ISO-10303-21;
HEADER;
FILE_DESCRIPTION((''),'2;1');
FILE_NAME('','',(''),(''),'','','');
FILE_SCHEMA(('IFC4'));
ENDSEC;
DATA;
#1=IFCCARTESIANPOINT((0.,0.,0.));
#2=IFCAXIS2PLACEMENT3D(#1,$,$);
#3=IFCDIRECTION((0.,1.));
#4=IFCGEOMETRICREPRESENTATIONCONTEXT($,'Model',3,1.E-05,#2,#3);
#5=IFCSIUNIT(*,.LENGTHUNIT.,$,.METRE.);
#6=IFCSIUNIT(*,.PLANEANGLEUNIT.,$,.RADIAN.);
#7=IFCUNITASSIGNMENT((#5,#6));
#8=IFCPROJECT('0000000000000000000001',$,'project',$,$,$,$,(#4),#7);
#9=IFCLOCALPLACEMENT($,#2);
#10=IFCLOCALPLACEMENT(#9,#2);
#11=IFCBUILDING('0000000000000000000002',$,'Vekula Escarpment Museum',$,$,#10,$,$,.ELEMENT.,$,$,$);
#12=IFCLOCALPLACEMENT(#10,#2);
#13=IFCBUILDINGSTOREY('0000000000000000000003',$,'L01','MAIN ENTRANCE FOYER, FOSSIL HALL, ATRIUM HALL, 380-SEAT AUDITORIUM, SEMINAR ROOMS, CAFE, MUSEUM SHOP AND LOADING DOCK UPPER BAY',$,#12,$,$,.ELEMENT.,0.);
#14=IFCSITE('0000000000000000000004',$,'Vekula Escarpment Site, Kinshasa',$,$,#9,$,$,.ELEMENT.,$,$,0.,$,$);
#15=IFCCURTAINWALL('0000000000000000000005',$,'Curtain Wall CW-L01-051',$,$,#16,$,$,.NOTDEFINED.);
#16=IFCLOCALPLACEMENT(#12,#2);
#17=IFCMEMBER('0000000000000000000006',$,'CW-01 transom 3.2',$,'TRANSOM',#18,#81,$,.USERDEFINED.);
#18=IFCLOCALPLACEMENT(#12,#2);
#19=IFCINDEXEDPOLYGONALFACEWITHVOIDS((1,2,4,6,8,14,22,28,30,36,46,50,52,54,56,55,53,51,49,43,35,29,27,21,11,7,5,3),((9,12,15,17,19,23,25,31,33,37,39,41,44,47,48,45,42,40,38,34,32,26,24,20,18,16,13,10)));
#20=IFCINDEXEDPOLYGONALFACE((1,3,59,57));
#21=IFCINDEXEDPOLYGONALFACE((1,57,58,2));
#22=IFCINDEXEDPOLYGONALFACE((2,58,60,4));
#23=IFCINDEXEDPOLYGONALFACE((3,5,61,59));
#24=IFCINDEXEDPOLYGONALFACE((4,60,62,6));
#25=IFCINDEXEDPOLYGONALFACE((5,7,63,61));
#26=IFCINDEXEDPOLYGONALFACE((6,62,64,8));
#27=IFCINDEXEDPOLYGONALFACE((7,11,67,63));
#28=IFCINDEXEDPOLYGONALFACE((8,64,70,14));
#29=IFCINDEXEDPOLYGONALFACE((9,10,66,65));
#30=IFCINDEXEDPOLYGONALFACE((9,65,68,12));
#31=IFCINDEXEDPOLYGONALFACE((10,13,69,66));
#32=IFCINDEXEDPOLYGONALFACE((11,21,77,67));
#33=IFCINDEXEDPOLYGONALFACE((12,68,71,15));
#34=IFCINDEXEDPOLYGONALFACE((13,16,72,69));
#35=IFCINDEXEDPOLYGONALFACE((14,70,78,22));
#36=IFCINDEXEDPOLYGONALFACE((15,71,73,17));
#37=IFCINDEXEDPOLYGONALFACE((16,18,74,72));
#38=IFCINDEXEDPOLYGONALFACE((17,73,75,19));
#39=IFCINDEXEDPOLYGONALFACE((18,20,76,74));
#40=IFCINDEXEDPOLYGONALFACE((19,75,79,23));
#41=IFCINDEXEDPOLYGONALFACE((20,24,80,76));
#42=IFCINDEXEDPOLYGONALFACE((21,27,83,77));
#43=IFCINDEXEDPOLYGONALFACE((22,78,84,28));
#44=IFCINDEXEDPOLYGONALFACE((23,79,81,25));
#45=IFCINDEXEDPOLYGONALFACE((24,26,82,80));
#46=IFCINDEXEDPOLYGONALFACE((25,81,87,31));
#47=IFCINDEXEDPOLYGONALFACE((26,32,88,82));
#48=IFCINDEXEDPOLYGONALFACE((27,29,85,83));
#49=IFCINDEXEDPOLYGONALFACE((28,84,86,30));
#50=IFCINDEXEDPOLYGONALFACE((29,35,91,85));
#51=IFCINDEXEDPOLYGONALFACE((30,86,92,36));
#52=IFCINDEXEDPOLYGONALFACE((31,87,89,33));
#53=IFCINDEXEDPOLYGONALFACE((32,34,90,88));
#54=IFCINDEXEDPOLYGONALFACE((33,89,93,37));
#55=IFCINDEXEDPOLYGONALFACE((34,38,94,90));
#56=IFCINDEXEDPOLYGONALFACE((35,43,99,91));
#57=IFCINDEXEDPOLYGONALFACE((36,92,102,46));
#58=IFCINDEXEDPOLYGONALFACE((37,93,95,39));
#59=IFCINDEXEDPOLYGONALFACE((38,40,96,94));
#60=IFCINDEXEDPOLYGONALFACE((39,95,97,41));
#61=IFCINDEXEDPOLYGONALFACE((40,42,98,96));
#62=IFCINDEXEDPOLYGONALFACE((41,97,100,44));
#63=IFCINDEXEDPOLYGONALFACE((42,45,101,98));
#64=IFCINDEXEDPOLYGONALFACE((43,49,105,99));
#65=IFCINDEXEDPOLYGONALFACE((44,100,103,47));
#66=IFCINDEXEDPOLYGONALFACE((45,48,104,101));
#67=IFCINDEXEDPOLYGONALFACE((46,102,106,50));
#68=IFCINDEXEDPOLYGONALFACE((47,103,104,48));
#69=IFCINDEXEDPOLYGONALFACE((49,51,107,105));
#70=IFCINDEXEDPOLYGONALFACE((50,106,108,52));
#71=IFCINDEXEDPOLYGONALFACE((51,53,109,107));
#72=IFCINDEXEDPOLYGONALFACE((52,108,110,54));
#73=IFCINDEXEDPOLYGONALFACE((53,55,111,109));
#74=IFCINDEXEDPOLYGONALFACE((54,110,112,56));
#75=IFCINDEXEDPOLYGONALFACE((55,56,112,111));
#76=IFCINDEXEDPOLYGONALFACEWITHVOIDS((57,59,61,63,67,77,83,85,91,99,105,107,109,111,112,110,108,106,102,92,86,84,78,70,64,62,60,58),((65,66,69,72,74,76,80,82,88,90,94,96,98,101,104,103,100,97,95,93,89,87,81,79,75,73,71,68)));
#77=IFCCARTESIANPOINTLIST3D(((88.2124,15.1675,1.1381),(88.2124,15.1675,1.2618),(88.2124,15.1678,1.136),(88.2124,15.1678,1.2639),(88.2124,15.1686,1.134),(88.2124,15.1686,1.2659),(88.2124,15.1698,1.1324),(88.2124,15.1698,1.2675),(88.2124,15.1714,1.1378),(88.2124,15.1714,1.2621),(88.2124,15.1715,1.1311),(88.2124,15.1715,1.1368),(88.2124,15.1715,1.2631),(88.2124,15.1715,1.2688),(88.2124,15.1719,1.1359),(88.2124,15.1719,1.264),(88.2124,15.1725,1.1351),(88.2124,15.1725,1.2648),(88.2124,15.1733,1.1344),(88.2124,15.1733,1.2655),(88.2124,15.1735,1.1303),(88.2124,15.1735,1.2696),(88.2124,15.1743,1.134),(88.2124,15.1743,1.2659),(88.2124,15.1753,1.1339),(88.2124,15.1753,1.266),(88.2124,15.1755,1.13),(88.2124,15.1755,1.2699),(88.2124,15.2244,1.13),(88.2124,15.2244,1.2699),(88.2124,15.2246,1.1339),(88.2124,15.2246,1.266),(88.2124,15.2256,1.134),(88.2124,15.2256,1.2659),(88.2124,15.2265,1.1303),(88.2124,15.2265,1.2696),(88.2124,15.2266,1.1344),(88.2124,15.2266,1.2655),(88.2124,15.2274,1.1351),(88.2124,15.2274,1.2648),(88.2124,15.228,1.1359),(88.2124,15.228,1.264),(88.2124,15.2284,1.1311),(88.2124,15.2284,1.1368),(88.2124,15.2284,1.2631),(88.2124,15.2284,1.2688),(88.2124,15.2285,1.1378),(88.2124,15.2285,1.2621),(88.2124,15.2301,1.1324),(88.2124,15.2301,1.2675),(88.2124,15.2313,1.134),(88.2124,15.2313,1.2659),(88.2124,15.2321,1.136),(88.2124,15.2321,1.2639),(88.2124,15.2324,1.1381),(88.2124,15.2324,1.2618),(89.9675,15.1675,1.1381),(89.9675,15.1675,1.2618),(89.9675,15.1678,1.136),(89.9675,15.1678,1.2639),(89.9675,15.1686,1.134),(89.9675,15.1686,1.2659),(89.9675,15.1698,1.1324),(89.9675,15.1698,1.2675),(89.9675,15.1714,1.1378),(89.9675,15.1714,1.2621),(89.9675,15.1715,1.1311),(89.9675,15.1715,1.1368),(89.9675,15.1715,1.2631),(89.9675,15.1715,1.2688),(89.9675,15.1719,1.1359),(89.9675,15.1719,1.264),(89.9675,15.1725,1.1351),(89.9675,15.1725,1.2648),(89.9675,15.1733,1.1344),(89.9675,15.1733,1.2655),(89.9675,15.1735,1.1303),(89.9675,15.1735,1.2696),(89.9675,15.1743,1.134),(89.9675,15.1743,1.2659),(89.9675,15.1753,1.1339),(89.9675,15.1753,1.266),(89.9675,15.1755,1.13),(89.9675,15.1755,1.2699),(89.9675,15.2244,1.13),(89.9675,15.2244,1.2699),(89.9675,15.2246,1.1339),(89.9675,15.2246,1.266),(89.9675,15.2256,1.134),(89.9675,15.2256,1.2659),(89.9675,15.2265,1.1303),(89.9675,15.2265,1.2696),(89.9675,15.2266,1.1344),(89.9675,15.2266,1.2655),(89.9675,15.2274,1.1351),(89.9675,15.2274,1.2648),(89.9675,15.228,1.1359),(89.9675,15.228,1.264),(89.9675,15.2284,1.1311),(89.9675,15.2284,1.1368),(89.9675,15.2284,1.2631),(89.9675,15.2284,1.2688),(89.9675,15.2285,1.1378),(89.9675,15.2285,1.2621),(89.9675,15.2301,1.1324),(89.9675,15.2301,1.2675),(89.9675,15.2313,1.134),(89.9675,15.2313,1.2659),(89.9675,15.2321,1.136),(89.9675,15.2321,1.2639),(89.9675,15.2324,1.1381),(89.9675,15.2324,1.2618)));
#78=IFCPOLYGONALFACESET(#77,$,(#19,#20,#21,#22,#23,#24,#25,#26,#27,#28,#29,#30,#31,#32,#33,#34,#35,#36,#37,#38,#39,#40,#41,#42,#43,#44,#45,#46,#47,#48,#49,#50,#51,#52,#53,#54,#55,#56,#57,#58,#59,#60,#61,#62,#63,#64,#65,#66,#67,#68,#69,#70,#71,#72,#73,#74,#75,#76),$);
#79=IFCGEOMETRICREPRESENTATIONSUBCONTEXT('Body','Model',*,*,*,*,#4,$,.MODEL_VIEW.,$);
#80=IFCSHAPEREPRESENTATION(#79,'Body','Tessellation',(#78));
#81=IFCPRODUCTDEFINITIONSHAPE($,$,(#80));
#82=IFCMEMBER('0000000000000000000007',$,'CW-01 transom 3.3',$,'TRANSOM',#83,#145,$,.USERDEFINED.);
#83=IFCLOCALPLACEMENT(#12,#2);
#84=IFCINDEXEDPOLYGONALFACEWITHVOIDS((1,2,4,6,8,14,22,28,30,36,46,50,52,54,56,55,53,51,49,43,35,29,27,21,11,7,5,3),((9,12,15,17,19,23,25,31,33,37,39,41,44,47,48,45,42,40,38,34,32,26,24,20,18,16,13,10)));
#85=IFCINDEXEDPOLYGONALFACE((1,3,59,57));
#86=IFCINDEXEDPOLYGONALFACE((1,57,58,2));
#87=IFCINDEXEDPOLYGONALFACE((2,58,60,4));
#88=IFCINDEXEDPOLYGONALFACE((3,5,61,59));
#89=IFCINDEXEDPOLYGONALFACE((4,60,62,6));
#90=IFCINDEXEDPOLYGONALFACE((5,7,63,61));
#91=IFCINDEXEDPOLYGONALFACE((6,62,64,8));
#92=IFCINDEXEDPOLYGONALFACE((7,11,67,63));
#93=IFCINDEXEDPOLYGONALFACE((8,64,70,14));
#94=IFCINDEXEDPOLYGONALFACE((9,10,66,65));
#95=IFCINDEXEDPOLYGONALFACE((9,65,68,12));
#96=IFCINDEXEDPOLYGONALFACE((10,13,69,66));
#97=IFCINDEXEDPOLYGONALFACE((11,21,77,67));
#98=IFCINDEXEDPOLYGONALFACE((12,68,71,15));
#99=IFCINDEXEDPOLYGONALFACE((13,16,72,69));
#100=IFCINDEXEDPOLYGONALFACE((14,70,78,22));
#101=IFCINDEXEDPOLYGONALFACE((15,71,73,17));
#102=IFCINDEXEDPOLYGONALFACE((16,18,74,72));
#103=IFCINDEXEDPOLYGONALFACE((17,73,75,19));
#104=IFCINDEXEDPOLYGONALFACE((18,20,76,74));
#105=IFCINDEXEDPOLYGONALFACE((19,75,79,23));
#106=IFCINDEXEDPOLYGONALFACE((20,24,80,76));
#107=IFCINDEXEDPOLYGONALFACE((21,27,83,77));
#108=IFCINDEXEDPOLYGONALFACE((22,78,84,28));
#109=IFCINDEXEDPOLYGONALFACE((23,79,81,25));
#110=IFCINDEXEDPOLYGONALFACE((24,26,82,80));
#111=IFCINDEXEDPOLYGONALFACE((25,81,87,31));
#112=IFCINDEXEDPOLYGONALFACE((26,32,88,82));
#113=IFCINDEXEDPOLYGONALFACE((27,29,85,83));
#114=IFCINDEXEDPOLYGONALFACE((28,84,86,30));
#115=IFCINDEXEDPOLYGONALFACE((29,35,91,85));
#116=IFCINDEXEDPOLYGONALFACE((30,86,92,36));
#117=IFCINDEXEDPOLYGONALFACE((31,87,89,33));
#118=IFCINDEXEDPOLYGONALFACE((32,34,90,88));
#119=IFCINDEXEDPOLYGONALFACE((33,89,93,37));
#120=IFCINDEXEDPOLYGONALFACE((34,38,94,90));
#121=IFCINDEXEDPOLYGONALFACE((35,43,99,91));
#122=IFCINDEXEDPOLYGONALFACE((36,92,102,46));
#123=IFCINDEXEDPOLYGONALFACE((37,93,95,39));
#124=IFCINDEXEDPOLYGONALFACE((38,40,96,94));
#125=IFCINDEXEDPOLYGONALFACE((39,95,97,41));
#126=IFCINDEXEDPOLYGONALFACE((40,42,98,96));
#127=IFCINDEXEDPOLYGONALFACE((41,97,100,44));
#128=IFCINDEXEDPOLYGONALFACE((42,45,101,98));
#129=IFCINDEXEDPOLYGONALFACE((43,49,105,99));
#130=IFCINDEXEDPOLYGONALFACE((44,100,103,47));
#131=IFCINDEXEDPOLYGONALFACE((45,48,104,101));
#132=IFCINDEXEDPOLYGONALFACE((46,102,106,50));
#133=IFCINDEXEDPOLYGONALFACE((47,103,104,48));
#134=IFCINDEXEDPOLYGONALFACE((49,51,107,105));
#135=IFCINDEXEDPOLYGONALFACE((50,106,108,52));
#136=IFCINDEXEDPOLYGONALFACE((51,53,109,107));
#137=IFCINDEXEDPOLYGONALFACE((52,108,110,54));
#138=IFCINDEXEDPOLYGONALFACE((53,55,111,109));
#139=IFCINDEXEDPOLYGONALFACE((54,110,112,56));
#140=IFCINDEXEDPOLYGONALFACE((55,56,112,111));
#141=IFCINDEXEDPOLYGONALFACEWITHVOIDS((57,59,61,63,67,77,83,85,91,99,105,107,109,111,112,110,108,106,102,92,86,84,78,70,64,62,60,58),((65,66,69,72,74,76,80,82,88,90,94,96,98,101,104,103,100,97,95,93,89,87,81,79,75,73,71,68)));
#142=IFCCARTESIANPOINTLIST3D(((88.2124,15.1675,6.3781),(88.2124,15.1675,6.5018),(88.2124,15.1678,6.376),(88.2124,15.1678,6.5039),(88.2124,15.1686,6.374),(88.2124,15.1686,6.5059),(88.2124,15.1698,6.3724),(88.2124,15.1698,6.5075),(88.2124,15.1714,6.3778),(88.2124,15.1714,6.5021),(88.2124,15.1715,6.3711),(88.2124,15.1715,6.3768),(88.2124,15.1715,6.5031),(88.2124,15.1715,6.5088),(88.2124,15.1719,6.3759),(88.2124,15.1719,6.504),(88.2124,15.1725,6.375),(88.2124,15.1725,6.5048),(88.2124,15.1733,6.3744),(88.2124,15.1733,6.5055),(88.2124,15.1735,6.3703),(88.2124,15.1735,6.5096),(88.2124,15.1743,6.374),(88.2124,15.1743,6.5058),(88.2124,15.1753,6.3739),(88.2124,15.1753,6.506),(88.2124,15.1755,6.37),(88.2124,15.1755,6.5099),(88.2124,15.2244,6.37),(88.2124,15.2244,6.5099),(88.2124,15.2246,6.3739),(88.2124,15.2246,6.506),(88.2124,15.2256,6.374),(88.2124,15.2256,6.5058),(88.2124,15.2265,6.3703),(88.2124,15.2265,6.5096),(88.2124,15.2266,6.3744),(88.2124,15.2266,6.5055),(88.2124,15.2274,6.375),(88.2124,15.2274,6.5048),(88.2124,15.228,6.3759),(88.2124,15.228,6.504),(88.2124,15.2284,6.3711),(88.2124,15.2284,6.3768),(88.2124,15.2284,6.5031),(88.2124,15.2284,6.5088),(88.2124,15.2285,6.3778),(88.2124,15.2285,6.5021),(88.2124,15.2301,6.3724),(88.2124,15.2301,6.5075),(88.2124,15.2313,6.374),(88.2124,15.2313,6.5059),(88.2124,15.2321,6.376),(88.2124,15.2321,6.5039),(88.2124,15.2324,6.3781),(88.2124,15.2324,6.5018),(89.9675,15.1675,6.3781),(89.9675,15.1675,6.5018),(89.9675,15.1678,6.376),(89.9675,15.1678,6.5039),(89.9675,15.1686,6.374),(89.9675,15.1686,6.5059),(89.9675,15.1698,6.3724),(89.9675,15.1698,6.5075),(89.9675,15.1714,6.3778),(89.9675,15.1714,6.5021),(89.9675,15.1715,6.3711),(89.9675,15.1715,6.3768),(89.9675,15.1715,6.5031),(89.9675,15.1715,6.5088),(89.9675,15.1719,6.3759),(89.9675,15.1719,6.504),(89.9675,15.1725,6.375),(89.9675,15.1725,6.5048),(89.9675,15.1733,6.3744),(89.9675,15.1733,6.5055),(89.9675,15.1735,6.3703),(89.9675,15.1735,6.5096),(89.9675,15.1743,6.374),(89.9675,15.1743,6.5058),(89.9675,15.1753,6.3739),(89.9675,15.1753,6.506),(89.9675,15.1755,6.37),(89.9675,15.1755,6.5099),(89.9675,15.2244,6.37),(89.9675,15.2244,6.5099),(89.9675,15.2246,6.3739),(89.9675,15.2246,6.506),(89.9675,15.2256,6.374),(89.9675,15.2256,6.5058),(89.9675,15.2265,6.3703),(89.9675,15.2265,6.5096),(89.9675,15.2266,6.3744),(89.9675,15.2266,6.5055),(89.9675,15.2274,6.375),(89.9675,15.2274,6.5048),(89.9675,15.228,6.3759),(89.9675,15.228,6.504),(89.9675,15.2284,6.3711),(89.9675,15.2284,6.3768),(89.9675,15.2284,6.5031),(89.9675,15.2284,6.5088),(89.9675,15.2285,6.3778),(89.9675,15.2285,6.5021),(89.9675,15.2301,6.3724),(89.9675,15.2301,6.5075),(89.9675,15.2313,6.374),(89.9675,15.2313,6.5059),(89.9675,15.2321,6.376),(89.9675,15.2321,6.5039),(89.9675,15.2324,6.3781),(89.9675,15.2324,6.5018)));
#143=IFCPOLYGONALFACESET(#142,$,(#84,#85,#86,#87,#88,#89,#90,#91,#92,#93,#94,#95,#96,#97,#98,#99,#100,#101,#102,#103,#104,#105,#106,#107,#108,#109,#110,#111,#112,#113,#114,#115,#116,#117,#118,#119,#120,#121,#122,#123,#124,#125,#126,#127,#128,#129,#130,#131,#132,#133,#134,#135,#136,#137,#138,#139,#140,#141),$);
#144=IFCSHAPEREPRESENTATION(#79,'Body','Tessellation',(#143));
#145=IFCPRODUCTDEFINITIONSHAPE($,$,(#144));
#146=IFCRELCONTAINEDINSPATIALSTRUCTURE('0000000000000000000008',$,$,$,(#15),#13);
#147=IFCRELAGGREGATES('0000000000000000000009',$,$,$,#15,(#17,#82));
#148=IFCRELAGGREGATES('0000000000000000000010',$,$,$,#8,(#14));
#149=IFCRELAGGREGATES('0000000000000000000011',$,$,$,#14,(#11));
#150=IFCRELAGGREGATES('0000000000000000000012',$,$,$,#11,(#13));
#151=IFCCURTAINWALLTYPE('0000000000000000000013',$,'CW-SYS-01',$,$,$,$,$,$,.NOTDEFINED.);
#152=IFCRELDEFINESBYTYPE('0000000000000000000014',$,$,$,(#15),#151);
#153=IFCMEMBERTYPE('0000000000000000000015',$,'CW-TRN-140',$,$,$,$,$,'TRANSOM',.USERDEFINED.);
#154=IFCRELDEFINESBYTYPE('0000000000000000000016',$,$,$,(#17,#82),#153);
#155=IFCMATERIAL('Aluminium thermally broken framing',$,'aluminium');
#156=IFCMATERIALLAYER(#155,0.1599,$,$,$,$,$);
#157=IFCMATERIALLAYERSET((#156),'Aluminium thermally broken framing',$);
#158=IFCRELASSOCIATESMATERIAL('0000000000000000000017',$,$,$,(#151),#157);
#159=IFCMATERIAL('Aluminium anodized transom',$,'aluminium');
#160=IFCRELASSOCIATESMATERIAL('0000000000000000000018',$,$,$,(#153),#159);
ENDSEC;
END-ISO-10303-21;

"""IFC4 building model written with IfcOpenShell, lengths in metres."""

from ifc_helpers import new_model, si_unit, direction, frame, origin, origin_2d, place, context, subcontext, project, spatial, hollow_rectangle, extrude, material, layer, layer_set, material_profile, profile_set, type_object, element, aggregate, save


model = new_model("IFC4")

# Units and contexts
model_context = context("Model", 3, precision=1e-05, world=origin(), true_north=direction((0.0, 1.0)))
body_context = subcontext(model_context, "Body", "Model", "MODEL_VIEW")
ifc_project = project(units=[si_unit("LENGTHUNIT", "METRE"), si_unit("PLANEANGLEUNIT", "RADIAN")], contexts=[model_context])

# Site, building, storey
site_placement = place(None, origin())
site = spatial("IfcSite", under=ifc_project, at=site_placement, Name="Vekula Escarpment Site, Kinshasa", CompositionType="ELEMENT", RefElevation=0.0)
building_placement = place(site_placement, origin())
building = spatial("IfcBuilding", under=site, at=building_placement, Name="Vekula Escarpment Museum", CompositionType="ELEMENT")
storey_placement = place(building_placement, origin())
storey = spatial("IfcBuildingStorey", under=building, at=storey_placement, Name="L01", Description="MAIN ENTRANCE FOYER, FOSSIL HALL, ATRIUM HALL, 380-SEAT AUDITORIUM, SEMINAR ROOMS, CAFE, MUSEUM SHOP AND LOADING DOCK UPPER BAY", CompositionType="ELEMENT", Elevation=0.0)

# Curtain wall, members
ifc_material_1 = material(Name="Aluminium thermally broken framing", Category="aluminium")
ifc_layer_1 = layer(ifc_material_1, 0.1599)
ifc_layer_set_1 = layer_set([ifc_layer_1], Name="Aluminium thermally broken framing")
curtain_wall_type = type_object("IfcCurtainWallType", Name="CW-SYS-01", PredefinedType="NOTDEFINED", material=ifc_layer_set_1)
curtain_wall_placement = place(storey_placement, origin())
curtain_wall = element("IfcCurtainWall", 1, at=curtain_wall_placement, inside=storey, type_object=curtain_wall_type, Name="Curtain Wall CW-L01-051", PredefinedType="NOTDEFINED")
ifc_material_2 = material(Name="Aluminium anodized transom", Category="aluminium")
ifc_material_profile_1 = material_profile(ifc_material_2, hollow_rectangle(XDim=0.0649, YDim=0.1399, WallThickness=0.0039, InnerFilletRadius=0.0039, OuterFilletRadius=0.0081, at=origin_2d()), Name="ALU 140x65x4")
ifc_profile_set_1 = profile_set([ifc_material_profile_1], Name="Aluminium anodized transom")
member_type_1 = type_object("IfcMemberType", Name="CW-TRN-140", ElementType="TRANSOM", PredefinedType="USERDEFINED", material=ifc_profile_set_1)
member_1_placement = place(storey_placement, frame((89.9675, 15.2, 1.2), z_axis=(-1.0, 0.0, 0.0), x_axis=(0.0, -1.0, 0.0)))
member_1 = element("IfcMember", 2, at=member_1_placement, type_object=member_type_1, Name="CW-01 transom 3.2", ObjectType="TRANSOM", PredefinedType="USERDEFINED", context=body_context, shape_type="SweptSolid", body=[
    extrude(hollow_rectangle(XDim=0.0649, YDim=0.1399, WallThickness=0.0039, InnerFilletRadius=0.0039, OuterFilletRadius=0.0081, at=origin_2d()), origin(), (0.0, 0.0, 1.0), 1.7551),
])
member_2_placement = place(storey_placement, frame((89.9675, 15.2, 6.4399), z_axis=(-1.0, 0.0, 0.0), x_axis=(0.0, -1.0, 0.0)))
member_2 = element("IfcMember", 3, at=member_2_placement, type_object=member_type_1, Name="CW-01 transom 3.3", ObjectType="TRANSOM", PredefinedType="USERDEFINED", context=body_context, shape_type="SweptSolid", body=[
    extrude(hollow_rectangle(XDim=0.0649, YDim=0.1399, WallThickness=0.0039, InnerFilletRadius=0.0039, OuterFilletRadius=0.0081, at=origin_2d()), origin(), (0.0, 0.0, 1.0), 1.7551),
])
aggregate(curtain_wall, [member_1, member_2])

save(model, "model.ifc")
